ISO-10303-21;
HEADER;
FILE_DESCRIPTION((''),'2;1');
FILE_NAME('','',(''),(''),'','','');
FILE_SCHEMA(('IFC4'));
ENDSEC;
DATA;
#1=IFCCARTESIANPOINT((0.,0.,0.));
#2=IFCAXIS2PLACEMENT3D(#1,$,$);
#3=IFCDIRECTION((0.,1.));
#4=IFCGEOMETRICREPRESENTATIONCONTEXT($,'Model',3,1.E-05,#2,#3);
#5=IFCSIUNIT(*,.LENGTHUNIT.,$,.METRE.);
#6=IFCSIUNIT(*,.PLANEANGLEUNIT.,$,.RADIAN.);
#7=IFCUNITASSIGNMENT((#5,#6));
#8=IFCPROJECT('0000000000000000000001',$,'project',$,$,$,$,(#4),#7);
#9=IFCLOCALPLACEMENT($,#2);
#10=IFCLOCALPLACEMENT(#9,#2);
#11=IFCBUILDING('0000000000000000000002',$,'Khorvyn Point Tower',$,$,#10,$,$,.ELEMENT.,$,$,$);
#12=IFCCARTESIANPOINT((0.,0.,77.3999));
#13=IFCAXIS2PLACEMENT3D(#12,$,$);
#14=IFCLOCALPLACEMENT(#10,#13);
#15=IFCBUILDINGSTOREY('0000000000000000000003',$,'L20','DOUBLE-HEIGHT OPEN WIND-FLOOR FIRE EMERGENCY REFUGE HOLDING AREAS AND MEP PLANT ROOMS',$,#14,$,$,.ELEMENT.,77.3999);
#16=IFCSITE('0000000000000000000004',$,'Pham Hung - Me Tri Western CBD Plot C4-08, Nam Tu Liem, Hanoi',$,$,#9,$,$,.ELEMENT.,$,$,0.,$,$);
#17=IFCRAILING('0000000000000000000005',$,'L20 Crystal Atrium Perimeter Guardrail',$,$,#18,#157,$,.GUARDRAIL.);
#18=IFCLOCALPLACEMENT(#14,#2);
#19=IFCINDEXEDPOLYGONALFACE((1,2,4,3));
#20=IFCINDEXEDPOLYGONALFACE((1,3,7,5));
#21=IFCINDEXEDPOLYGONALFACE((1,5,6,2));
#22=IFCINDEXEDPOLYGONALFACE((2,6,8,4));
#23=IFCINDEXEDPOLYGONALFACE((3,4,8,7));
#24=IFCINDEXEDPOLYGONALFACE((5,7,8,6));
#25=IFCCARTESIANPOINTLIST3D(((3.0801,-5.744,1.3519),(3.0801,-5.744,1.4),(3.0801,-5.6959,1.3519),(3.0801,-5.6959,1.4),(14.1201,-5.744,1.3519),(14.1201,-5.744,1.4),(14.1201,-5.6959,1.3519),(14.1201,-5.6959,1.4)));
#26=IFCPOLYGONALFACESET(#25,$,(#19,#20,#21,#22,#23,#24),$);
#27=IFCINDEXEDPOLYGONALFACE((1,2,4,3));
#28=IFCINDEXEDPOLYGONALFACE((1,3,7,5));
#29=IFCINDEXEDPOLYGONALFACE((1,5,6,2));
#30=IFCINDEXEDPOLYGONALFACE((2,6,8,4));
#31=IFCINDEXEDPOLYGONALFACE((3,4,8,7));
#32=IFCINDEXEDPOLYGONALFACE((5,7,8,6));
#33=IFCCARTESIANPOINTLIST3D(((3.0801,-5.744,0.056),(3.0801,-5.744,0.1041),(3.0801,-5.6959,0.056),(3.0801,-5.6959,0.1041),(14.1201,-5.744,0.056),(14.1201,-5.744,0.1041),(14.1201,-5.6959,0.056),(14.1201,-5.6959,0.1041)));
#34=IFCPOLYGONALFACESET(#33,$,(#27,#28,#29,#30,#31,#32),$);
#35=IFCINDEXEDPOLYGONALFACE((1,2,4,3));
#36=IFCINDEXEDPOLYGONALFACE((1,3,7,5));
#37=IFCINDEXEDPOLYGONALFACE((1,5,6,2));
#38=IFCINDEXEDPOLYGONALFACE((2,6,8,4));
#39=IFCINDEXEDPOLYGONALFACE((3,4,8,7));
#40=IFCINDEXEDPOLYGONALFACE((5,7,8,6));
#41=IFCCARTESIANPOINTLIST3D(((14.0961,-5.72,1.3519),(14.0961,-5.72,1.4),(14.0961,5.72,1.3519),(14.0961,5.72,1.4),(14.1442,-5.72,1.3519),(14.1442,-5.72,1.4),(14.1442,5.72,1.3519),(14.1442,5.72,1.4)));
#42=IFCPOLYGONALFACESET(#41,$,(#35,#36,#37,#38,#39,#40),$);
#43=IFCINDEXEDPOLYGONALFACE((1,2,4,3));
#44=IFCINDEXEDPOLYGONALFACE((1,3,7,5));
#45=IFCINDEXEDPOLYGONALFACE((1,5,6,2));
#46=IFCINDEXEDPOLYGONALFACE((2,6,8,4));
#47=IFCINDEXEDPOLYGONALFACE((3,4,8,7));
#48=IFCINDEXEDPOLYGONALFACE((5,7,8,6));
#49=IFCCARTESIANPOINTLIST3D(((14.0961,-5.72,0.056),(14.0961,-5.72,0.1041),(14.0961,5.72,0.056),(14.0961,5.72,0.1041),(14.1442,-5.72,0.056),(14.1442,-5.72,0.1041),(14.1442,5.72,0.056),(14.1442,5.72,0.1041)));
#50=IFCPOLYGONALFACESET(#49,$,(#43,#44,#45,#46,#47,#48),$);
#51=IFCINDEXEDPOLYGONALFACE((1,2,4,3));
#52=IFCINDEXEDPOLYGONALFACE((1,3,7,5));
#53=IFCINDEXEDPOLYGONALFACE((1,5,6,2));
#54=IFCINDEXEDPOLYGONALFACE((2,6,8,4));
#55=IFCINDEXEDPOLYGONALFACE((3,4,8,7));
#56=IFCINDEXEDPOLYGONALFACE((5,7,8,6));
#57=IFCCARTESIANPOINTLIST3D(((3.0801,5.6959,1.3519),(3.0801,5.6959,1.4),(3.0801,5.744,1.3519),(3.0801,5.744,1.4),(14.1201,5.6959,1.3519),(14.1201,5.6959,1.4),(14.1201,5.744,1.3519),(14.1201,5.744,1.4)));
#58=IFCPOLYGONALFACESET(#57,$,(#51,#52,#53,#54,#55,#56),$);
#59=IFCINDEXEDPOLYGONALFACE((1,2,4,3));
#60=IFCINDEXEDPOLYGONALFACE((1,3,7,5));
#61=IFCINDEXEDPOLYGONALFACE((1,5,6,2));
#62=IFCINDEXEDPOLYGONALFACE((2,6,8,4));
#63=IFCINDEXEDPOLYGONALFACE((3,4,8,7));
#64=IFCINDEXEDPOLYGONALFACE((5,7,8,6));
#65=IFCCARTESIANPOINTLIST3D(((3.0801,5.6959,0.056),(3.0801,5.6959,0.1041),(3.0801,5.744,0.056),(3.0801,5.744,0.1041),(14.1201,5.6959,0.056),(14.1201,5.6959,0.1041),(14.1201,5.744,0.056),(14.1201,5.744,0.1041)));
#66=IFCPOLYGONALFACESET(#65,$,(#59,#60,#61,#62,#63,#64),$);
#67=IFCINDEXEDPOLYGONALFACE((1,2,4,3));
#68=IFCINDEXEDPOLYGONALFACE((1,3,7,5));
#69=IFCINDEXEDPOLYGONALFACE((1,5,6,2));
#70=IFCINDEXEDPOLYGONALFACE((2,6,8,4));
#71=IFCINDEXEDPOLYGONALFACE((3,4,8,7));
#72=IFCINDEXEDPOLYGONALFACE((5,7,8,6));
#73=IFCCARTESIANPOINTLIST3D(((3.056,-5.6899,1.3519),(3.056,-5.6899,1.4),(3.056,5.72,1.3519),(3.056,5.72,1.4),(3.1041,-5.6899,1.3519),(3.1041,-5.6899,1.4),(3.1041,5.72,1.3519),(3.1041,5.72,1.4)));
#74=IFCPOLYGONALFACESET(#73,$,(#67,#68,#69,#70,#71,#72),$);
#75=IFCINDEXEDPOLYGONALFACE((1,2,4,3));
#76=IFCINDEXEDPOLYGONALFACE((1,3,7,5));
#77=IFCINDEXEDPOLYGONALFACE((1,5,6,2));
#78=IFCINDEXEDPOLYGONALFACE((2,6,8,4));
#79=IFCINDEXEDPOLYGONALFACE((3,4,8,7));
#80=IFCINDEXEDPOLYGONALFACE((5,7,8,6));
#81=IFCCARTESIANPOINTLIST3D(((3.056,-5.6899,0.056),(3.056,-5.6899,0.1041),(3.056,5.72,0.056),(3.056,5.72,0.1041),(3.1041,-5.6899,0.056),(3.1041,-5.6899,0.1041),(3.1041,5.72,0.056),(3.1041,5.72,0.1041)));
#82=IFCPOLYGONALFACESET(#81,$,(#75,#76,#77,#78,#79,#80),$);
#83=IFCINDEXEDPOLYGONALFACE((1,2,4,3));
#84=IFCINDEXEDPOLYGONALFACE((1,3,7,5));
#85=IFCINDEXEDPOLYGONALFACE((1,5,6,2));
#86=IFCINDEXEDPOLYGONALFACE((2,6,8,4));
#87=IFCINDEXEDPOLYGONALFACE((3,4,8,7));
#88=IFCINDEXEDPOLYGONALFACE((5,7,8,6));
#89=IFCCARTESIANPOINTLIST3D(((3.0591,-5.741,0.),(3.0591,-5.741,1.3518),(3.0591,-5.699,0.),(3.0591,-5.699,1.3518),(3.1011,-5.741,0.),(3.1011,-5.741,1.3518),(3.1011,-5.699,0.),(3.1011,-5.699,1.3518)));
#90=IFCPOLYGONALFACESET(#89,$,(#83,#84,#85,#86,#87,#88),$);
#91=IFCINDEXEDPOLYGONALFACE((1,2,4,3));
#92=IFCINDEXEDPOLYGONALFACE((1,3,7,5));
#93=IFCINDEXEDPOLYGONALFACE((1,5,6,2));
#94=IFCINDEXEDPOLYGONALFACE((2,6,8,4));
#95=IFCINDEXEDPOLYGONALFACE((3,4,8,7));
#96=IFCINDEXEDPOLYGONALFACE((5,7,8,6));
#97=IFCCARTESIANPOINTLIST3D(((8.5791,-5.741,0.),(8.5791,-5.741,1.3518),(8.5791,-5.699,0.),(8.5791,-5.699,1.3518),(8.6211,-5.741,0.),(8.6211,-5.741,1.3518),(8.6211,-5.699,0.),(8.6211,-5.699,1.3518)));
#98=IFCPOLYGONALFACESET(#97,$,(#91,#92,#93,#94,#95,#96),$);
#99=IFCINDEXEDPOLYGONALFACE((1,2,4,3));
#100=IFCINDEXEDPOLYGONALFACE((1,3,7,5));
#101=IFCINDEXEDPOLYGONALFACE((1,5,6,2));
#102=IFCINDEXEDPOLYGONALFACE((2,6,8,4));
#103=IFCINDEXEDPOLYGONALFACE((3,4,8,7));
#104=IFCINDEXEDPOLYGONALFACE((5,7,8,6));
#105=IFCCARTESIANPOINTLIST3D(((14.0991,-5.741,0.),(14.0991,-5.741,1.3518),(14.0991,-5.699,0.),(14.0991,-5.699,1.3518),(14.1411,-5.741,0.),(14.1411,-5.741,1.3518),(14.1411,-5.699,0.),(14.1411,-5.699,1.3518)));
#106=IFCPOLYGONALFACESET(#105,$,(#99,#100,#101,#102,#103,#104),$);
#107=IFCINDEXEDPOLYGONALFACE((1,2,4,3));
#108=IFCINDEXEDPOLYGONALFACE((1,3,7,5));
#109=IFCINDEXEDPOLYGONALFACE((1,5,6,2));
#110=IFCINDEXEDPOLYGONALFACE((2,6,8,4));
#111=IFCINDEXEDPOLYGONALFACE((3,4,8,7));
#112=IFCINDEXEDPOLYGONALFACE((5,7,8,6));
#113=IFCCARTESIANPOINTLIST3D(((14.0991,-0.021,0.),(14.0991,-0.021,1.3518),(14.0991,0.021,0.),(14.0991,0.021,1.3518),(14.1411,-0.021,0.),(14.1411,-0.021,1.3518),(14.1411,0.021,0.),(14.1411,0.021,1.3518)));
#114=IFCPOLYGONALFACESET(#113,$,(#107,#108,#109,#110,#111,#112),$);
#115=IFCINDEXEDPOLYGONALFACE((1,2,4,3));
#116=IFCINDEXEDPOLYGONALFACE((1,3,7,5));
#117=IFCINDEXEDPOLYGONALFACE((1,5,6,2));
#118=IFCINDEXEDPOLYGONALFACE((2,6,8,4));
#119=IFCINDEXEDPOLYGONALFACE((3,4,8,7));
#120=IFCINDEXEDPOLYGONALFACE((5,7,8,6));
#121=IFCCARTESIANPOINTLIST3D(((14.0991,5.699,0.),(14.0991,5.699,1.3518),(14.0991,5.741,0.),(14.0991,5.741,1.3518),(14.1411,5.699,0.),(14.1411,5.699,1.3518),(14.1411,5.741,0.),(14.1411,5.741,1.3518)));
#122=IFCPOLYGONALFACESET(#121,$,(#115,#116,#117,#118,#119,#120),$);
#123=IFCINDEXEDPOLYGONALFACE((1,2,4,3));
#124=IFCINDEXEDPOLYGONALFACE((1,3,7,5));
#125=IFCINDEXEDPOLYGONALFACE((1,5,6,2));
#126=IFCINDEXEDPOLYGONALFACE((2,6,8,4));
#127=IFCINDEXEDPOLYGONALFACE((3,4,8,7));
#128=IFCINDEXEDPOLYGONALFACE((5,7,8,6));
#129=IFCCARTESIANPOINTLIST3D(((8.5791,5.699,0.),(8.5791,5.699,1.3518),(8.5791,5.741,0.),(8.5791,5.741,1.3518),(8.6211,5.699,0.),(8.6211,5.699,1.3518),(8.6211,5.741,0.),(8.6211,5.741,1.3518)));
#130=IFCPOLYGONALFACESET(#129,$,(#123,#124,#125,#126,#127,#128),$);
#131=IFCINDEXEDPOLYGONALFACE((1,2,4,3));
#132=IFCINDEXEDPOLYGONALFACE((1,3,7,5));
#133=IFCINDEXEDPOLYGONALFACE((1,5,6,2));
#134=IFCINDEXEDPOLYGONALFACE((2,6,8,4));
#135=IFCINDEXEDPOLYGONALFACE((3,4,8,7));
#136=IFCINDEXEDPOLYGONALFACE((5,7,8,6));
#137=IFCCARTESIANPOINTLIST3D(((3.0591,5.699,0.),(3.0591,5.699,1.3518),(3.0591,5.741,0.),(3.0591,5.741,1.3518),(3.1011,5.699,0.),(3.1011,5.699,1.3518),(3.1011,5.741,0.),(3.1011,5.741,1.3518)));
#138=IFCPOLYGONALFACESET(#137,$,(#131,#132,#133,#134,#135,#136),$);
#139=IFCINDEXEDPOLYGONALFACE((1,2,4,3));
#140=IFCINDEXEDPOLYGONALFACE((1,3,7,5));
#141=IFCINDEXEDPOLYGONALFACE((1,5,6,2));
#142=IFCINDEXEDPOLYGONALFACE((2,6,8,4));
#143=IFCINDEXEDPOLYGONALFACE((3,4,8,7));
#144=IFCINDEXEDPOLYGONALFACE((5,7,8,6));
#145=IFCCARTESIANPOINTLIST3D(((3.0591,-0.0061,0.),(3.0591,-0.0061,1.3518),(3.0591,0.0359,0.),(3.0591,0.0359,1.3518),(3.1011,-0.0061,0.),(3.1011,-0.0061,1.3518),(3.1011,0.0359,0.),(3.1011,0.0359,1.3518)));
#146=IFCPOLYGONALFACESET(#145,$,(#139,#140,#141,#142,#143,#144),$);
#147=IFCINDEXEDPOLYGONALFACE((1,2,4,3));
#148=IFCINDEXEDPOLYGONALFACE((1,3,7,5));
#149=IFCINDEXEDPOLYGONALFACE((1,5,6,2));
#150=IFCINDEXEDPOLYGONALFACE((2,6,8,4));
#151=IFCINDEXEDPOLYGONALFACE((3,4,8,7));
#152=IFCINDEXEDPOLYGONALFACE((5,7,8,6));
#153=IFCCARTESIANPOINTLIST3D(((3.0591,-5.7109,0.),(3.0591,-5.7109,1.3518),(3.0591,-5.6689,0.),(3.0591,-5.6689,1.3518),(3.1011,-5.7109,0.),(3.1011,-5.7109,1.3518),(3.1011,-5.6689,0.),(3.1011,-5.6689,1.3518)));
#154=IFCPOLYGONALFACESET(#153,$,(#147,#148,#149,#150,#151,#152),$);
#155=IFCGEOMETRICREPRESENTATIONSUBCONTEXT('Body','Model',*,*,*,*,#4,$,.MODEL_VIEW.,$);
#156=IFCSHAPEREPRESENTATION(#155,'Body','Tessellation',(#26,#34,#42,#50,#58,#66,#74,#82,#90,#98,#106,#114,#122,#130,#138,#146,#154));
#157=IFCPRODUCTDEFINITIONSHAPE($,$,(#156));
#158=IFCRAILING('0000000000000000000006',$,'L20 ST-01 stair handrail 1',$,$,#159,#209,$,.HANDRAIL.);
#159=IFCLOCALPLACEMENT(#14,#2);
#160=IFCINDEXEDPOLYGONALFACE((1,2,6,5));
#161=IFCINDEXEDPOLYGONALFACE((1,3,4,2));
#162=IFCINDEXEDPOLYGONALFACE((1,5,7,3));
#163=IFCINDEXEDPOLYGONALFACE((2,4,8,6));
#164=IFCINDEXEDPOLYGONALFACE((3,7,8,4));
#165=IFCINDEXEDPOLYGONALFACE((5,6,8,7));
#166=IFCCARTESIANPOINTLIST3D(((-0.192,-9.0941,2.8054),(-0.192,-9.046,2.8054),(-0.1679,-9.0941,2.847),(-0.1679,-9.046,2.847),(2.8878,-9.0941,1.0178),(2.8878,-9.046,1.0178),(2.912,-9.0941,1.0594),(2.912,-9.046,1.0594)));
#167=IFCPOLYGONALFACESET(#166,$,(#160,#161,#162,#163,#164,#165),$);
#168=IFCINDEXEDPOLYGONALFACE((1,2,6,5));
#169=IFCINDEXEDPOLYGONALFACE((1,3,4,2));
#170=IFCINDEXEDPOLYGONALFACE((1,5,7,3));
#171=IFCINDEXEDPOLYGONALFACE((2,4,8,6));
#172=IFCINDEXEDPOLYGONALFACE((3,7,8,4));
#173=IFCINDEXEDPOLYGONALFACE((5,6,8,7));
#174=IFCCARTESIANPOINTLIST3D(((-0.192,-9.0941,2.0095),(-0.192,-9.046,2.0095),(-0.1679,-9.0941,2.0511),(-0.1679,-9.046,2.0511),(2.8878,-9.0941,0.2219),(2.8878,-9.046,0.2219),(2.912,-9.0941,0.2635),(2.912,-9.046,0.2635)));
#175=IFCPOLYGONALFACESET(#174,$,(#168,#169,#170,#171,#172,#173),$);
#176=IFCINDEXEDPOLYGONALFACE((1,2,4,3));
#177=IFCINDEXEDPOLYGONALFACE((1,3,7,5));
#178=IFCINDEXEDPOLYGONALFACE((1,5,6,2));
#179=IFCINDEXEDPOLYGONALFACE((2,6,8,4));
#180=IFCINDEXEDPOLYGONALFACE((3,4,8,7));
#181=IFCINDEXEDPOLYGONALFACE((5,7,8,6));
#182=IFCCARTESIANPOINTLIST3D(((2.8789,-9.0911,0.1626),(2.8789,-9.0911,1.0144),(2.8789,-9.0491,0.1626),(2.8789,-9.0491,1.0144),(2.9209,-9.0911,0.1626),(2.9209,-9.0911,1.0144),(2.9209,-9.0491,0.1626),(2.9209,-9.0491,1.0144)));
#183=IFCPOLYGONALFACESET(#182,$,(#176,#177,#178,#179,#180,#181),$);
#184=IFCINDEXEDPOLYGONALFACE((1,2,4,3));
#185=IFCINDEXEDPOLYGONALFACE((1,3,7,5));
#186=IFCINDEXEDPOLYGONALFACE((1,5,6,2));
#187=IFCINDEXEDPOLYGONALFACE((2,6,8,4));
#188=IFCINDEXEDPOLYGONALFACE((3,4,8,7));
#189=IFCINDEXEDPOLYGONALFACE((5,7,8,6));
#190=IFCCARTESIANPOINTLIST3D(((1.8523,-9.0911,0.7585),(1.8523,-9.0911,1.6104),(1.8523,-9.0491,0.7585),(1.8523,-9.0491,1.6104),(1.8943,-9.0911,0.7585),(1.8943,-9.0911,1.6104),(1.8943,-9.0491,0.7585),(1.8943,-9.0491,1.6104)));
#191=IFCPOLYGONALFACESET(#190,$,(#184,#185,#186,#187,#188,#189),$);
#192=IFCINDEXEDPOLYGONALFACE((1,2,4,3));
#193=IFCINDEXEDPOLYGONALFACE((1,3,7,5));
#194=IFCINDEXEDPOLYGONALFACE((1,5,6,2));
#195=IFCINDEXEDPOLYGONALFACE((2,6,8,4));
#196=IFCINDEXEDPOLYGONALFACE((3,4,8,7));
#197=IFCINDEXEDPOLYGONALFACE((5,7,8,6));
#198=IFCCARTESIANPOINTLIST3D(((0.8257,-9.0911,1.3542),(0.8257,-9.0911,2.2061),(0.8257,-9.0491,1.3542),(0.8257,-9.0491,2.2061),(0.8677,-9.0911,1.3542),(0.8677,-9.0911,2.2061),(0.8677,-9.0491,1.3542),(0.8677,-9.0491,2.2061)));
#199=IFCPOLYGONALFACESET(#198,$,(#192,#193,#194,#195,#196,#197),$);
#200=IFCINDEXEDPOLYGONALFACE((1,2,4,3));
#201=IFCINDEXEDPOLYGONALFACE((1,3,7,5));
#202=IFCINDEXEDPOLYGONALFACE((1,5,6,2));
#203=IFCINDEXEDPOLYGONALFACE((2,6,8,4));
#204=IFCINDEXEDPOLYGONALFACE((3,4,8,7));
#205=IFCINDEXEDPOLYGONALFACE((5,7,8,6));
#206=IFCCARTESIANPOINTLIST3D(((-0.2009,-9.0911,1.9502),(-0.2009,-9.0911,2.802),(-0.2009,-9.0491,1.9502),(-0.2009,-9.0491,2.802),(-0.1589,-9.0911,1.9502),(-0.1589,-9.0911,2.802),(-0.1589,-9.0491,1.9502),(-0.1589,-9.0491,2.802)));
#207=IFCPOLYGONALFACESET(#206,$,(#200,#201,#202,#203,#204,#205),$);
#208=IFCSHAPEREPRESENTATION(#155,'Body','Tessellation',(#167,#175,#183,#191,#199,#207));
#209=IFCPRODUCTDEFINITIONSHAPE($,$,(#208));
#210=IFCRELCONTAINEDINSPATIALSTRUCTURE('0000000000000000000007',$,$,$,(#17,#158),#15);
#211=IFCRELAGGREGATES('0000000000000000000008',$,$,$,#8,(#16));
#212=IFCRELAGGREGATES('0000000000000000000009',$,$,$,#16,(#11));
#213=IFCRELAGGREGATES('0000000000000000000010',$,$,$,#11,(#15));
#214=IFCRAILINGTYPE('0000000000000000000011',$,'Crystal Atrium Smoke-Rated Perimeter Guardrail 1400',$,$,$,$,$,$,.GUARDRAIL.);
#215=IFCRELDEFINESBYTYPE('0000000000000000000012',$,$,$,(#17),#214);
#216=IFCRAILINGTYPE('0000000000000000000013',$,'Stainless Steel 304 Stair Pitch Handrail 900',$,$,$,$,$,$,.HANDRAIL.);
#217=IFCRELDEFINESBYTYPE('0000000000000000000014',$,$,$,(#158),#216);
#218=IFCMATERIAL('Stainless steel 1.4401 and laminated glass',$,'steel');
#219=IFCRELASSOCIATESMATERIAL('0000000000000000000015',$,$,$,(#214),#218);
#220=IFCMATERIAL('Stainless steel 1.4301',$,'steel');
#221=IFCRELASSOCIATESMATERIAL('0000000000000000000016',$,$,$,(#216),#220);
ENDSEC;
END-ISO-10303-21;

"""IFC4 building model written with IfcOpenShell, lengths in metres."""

from ifc_helpers import new_model, si_unit, direction, frame, origin, origin_2d, place, context, subcontext, project, spatial, rectangle, extrude, material, type_object, element, save


model = new_model("IFC4")

# Units and contexts
model_context = context("Model", 3, precision=1e-05, world=origin(), true_north=direction((0.0, 1.0)))
body_context = subcontext(model_context, "Body", "Model", "MODEL_VIEW")
ifc_project = project(units=[si_unit("LENGTHUNIT", "METRE"), si_unit("PLANEANGLEUNIT", "RADIAN")], contexts=[model_context])

# Site, building, storey
site_placement = place(None, origin())
site = spatial("IfcSite", under=ifc_project, at=site_placement, Name="Pham Hung - Me Tri Western CBD Plot C4-08, Nam Tu Liem, Hanoi", CompositionType="ELEMENT", RefElevation=0.0)
building_placement = place(site_placement, origin())
building = spatial("IfcBuilding", under=site, at=building_placement, Name="Khorvyn Point Tower", CompositionType="ELEMENT")
storey_placement = place(building_placement, frame((0.0, 0.0, 77.3999)))
storey = spatial("IfcBuildingStorey", under=building, at=storey_placement, Name="L20", Description="DOUBLE-HEIGHT OPEN WIND-FLOOR FIRE EMERGENCY REFUGE HOLDING AREAS AND MEP PLANT ROOMS", CompositionType="ELEMENT", Elevation=77.3999)

# Shared definitions
ifc_material_1 = material(Name="Stainless steel 1.4301", Category="steel")

# Railings
ifc_material_2 = material(Name="Stainless steel 1.4401 and laminated glass", Category="steel")
railing_type_1 = type_object("IfcRailingType", Name="Crystal Atrium Smoke-Rated Perimeter Guardrail 1400", PredefinedType="GUARDRAIL", material=ifc_material_2)
railing_1_placement = place(storey_placement, frame((3.0801, -5.72, 0.0)))
element("IfcRailing", 1, at=railing_1_placement, inside=storey, type_object=railing_type_1, Name="L20 Crystal Atrium Perimeter Guardrail", PredefinedType="GUARDRAIL", context=body_context, shape_type="SweptSolid", body=[
    extrude(rectangle(XDim=0.0481, YDim=0.0481, at=origin_2d()), frame((0.0, 0.0, 1.376), z_axis=(1.0, 0.0, 0.0), x_axis=(0.0, 1.0, 0.0)), (0.0, 0.0, 1.0), 11.04),
    extrude(rectangle(XDim=0.0481, YDim=0.0481, at=origin_2d()), frame((0.0, 0.0, 0.0801), z_axis=(1.0, 0.0, 0.0), x_axis=(0.0, 1.0, 0.0)), (0.0, 0.0, 1.0), 11.04),
    extrude(rectangle(XDim=0.0481, YDim=0.0481, at=origin_2d()), frame((11.04, 0.0, 1.376), z_axis=(0.0, 1.0, 0.0), x_axis=(-1.0, 0.0, 0.0)), (0.0, 0.0, 1.0), 11.4399),
    extrude(rectangle(XDim=0.0481, YDim=0.0481, at=origin_2d()), frame((11.04, 0.0, 0.0801), z_axis=(0.0, 1.0, 0.0), x_axis=(-1.0, 0.0, 0.0)), (0.0, 0.0, 1.0), 11.4399),
    extrude(rectangle(XDim=0.0481, YDim=0.0481, at=origin_2d()), frame((11.04, 11.4399, 1.376), z_axis=(-1.0, 0.0, 0.0), x_axis=(0.0, -1.0, 0.0)), (0.0, 0.0, 1.0), 11.04),
    extrude(rectangle(XDim=0.0481, YDim=0.0481, at=origin_2d()), frame((11.04, 11.4399, 0.0801), z_axis=(-1.0, 0.0, 0.0), x_axis=(0.0, -1.0, 0.0)), (0.0, 0.0, 1.0), 11.04),
    extrude(rectangle(XDim=0.0481, YDim=0.0481, at=origin_2d()), frame((0.0, 11.4399, 1.376), z_axis=(0.0, -1.0, 0.0), x_axis=(1.0, 0.0, 0.0)), (0.0, 0.0, 1.0), 11.4099),
    extrude(rectangle(XDim=0.0481, YDim=0.0481, at=origin_2d()), frame((0.0, 11.4399, 0.0801), z_axis=(0.0, -1.0, 0.0), x_axis=(1.0, 0.0, 0.0)), (0.0, 0.0, 1.0), 11.4099),
    extrude(rectangle(XDim=0.042, YDim=0.042, at=origin_2d()), origin(), (0.0, 0.0, 1.0), 1.3518),
    extrude(rectangle(XDim=0.042, YDim=0.042, at=origin_2d()), frame((5.52, 0.0, 0.0)), (0.0, 0.0, 1.0), 1.3518),
    extrude(rectangle(XDim=0.042, YDim=0.042, at=origin_2d()), frame((11.04, 0.0, 0.0)), (0.0, 0.0, 1.0), 1.3518),
    extrude(rectangle(XDim=0.042, YDim=0.042, at=origin_2d()), frame((11.04, 5.72, 0.0)), (0.0, 0.0, 1.0), 1.3518),
    extrude(rectangle(XDim=0.042, YDim=0.042, at=origin_2d()), frame((11.04, 11.4399, 0.0)), (0.0, 0.0, 1.0), 1.3518),
    extrude(rectangle(XDim=0.042, YDim=0.042, at=origin_2d()), frame((5.52, 11.4399, 0.0)), (0.0, 0.0, 1.0), 1.3518),
    extrude(rectangle(XDim=0.042, YDim=0.042, at=origin_2d()), frame((0.0, 11.4399, 0.0)), (0.0, 0.0, 1.0), 1.3518),
    extrude(rectangle(XDim=0.042, YDim=0.042, at=origin_2d()), frame((0.0, 5.7349, 0.0)), (0.0, 0.0, 1.0), 1.3518),
    extrude(rectangle(XDim=0.042, YDim=0.042, at=origin_2d()), frame((0.0, 0.03, 0.0)), (0.0, 0.0, 1.0), 1.3518),
])
railing_type_2 = type_object("IfcRailingType", Name="Stainless Steel 304 Stair Pitch Handrail 900", PredefinedType="HANDRAIL", material=ifc_material_1)
for number, where, name in (
    (2, (2.8999, -9.0701, 0.1626), "L20 ST-01 stair handrail 1"),
):
    element("IfcRailing", number, at=place(storey_placement, frame(where)), inside=storey, type_object=railing_type_2, Name=name, PredefinedType="HANDRAIL", context=body_context, shape_type="SweptSolid", body=[
        extrude(rectangle(XDim=0.0481, YDim=0.0481, at=origin_2d()), frame((0.0, 0.0, 0.876), z_axis=(-0.864873, 0.0, 0.50199), x_axis=(0.0, -1.0, 0.0)), (0.0, 0.0, 1.0), 3.561),
        extrude(rectangle(XDim=0.0481, YDim=0.0481, at=origin_2d()), frame((0.0, 0.0, 0.0801), z_axis=(-0.864873, 0.0, 0.50199), x_axis=(0.0, -1.0, 0.0)), (0.0, 0.0, 1.0), 3.561),
        extrude(rectangle(XDim=0.042, YDim=0.042, at=origin_2d()), origin(), (0.0, 0.0, 1.0), 0.8518),
        extrude(rectangle(XDim=0.042, YDim=0.042, at=origin_2d()), frame((-1.0266, 0.0, 0.5959)), (0.0, 0.0, 1.0), 0.8518),
        extrude(rectangle(XDim=0.042, YDim=0.042, at=origin_2d()), frame((-2.0532, 0.0, 1.1917)), (0.0, 0.0, 1.0), 0.8518),
        extrude(rectangle(XDim=0.042, YDim=0.042, at=origin_2d()), frame((-3.0798, 0.0, 1.7876)), (0.0, 0.0, 1.0), 0.8518),
    ])

save(model, "model.ifc")
